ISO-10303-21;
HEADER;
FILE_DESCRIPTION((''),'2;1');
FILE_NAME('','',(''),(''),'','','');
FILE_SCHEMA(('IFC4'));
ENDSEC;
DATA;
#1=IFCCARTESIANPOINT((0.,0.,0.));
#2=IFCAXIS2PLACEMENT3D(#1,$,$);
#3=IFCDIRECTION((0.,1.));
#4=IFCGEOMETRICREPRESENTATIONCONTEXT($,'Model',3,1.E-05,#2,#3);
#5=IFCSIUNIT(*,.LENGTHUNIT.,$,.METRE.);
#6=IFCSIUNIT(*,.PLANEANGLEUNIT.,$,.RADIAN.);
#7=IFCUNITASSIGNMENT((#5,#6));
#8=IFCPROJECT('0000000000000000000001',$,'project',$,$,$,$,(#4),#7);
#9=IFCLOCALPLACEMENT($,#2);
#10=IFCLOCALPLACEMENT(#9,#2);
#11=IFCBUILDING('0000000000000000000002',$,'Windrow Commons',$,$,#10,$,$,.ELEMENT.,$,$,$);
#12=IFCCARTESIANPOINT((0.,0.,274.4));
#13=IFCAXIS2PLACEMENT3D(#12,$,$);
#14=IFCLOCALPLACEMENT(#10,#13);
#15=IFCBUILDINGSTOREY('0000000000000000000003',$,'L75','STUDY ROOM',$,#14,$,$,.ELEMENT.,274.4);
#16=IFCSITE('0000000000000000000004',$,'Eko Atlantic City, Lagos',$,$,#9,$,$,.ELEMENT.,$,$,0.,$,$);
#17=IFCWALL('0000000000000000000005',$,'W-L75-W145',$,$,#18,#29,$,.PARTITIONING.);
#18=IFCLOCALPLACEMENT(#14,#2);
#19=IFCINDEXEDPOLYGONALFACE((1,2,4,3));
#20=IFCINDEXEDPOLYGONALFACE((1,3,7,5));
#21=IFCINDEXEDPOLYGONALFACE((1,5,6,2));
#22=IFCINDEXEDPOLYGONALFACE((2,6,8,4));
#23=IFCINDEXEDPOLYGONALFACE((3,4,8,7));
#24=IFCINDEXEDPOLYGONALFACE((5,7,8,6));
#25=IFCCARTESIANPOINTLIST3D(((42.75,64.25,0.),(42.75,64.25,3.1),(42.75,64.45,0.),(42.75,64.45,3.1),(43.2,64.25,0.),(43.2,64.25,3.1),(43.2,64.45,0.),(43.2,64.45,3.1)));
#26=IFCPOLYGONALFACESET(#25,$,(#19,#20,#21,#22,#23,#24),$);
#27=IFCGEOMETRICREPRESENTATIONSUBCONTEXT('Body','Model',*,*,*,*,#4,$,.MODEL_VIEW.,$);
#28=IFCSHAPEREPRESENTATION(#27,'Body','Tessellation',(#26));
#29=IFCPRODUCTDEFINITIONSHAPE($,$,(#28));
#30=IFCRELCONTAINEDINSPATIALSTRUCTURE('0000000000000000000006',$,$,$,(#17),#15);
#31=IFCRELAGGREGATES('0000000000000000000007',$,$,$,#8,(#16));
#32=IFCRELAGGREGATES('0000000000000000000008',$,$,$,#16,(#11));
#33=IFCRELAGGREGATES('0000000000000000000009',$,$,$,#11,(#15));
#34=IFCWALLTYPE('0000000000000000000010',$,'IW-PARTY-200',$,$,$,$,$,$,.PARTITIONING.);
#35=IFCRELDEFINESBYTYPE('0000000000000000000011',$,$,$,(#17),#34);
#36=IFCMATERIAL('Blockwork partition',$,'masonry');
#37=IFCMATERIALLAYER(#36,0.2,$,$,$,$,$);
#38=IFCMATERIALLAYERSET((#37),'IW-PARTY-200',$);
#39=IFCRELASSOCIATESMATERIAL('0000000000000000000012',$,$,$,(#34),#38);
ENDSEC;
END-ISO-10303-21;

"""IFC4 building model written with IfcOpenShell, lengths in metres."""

from ifc_helpers import new_model, si_unit, direction, frame, frame_2d, origin, place, context, subcontext, project, spatial, rectangle, extrude, material, layer, layer_set, type_object, element, save


model = new_model("IFC4")

# Units and contexts
model_context = context("Model", 3, precision=1e-05, world=origin(), true_north=direction((0.0, 1.0)))
body_context = subcontext(model_context, "Body", "Model", "MODEL_VIEW")
ifc_project = project(units=[si_unit("LENGTHUNIT", "METRE"), si_unit("PLANEANGLEUNIT", "RADIAN")], contexts=[model_context])

# Site, building, storey
site_placement = place(None, origin())
site = spatial("IfcSite", under=ifc_project, at=site_placement, Name="Eko Atlantic City, Lagos", CompositionType="ELEMENT", RefElevation=0.0)
building_placement = place(site_placement, origin())
building = spatial("IfcBuilding", under=site, at=building_placement, Name="Windrow Commons", CompositionType="ELEMENT")
storey_placement = place(building_placement, frame((0.0, 0.0, 274.4)))
storey = spatial("IfcBuildingStorey", under=building, at=storey_placement, Name="L75", Description="STUDY ROOM", CompositionType="ELEMENT", Elevation=274.4)

# Wall
ifc_material_1 = material(Name="Blockwork partition", Category="masonry")
ifc_layer_1 = layer(ifc_material_1, 0.2)
ifc_layer_set_1 = layer_set([ifc_layer_1], Name="IW-PARTY-200")
wall_type_1 = type_object("IfcWallType", Name="IW-PARTY-200", PredefinedType="PARTITIONING", material=ifc_layer_set_1)
for number, where, z_axis, x_axis, name in (
    (1, (42.75, 64.35, 0.0), (0.0, 0.0, 1.0), (1.0, 0.0, 0.0), "W-L75-W145"),
):
    element("IfcWall", number, at=place(storey_placement, frame(where, z_axis=z_axis, x_axis=x_axis)), inside=storey, type_object=wall_type_1, Name=name, PredefinedType="PARTITIONING", context=body_context, shape_type="SweptSolid", body=[
        extrude(rectangle(XDim=0.45, YDim=0.2, at=frame_2d((0.225, 0.0))), origin(), (0.0, 0.0, 1.0), 3.1),
    ])

save(model, "model.ifc")
